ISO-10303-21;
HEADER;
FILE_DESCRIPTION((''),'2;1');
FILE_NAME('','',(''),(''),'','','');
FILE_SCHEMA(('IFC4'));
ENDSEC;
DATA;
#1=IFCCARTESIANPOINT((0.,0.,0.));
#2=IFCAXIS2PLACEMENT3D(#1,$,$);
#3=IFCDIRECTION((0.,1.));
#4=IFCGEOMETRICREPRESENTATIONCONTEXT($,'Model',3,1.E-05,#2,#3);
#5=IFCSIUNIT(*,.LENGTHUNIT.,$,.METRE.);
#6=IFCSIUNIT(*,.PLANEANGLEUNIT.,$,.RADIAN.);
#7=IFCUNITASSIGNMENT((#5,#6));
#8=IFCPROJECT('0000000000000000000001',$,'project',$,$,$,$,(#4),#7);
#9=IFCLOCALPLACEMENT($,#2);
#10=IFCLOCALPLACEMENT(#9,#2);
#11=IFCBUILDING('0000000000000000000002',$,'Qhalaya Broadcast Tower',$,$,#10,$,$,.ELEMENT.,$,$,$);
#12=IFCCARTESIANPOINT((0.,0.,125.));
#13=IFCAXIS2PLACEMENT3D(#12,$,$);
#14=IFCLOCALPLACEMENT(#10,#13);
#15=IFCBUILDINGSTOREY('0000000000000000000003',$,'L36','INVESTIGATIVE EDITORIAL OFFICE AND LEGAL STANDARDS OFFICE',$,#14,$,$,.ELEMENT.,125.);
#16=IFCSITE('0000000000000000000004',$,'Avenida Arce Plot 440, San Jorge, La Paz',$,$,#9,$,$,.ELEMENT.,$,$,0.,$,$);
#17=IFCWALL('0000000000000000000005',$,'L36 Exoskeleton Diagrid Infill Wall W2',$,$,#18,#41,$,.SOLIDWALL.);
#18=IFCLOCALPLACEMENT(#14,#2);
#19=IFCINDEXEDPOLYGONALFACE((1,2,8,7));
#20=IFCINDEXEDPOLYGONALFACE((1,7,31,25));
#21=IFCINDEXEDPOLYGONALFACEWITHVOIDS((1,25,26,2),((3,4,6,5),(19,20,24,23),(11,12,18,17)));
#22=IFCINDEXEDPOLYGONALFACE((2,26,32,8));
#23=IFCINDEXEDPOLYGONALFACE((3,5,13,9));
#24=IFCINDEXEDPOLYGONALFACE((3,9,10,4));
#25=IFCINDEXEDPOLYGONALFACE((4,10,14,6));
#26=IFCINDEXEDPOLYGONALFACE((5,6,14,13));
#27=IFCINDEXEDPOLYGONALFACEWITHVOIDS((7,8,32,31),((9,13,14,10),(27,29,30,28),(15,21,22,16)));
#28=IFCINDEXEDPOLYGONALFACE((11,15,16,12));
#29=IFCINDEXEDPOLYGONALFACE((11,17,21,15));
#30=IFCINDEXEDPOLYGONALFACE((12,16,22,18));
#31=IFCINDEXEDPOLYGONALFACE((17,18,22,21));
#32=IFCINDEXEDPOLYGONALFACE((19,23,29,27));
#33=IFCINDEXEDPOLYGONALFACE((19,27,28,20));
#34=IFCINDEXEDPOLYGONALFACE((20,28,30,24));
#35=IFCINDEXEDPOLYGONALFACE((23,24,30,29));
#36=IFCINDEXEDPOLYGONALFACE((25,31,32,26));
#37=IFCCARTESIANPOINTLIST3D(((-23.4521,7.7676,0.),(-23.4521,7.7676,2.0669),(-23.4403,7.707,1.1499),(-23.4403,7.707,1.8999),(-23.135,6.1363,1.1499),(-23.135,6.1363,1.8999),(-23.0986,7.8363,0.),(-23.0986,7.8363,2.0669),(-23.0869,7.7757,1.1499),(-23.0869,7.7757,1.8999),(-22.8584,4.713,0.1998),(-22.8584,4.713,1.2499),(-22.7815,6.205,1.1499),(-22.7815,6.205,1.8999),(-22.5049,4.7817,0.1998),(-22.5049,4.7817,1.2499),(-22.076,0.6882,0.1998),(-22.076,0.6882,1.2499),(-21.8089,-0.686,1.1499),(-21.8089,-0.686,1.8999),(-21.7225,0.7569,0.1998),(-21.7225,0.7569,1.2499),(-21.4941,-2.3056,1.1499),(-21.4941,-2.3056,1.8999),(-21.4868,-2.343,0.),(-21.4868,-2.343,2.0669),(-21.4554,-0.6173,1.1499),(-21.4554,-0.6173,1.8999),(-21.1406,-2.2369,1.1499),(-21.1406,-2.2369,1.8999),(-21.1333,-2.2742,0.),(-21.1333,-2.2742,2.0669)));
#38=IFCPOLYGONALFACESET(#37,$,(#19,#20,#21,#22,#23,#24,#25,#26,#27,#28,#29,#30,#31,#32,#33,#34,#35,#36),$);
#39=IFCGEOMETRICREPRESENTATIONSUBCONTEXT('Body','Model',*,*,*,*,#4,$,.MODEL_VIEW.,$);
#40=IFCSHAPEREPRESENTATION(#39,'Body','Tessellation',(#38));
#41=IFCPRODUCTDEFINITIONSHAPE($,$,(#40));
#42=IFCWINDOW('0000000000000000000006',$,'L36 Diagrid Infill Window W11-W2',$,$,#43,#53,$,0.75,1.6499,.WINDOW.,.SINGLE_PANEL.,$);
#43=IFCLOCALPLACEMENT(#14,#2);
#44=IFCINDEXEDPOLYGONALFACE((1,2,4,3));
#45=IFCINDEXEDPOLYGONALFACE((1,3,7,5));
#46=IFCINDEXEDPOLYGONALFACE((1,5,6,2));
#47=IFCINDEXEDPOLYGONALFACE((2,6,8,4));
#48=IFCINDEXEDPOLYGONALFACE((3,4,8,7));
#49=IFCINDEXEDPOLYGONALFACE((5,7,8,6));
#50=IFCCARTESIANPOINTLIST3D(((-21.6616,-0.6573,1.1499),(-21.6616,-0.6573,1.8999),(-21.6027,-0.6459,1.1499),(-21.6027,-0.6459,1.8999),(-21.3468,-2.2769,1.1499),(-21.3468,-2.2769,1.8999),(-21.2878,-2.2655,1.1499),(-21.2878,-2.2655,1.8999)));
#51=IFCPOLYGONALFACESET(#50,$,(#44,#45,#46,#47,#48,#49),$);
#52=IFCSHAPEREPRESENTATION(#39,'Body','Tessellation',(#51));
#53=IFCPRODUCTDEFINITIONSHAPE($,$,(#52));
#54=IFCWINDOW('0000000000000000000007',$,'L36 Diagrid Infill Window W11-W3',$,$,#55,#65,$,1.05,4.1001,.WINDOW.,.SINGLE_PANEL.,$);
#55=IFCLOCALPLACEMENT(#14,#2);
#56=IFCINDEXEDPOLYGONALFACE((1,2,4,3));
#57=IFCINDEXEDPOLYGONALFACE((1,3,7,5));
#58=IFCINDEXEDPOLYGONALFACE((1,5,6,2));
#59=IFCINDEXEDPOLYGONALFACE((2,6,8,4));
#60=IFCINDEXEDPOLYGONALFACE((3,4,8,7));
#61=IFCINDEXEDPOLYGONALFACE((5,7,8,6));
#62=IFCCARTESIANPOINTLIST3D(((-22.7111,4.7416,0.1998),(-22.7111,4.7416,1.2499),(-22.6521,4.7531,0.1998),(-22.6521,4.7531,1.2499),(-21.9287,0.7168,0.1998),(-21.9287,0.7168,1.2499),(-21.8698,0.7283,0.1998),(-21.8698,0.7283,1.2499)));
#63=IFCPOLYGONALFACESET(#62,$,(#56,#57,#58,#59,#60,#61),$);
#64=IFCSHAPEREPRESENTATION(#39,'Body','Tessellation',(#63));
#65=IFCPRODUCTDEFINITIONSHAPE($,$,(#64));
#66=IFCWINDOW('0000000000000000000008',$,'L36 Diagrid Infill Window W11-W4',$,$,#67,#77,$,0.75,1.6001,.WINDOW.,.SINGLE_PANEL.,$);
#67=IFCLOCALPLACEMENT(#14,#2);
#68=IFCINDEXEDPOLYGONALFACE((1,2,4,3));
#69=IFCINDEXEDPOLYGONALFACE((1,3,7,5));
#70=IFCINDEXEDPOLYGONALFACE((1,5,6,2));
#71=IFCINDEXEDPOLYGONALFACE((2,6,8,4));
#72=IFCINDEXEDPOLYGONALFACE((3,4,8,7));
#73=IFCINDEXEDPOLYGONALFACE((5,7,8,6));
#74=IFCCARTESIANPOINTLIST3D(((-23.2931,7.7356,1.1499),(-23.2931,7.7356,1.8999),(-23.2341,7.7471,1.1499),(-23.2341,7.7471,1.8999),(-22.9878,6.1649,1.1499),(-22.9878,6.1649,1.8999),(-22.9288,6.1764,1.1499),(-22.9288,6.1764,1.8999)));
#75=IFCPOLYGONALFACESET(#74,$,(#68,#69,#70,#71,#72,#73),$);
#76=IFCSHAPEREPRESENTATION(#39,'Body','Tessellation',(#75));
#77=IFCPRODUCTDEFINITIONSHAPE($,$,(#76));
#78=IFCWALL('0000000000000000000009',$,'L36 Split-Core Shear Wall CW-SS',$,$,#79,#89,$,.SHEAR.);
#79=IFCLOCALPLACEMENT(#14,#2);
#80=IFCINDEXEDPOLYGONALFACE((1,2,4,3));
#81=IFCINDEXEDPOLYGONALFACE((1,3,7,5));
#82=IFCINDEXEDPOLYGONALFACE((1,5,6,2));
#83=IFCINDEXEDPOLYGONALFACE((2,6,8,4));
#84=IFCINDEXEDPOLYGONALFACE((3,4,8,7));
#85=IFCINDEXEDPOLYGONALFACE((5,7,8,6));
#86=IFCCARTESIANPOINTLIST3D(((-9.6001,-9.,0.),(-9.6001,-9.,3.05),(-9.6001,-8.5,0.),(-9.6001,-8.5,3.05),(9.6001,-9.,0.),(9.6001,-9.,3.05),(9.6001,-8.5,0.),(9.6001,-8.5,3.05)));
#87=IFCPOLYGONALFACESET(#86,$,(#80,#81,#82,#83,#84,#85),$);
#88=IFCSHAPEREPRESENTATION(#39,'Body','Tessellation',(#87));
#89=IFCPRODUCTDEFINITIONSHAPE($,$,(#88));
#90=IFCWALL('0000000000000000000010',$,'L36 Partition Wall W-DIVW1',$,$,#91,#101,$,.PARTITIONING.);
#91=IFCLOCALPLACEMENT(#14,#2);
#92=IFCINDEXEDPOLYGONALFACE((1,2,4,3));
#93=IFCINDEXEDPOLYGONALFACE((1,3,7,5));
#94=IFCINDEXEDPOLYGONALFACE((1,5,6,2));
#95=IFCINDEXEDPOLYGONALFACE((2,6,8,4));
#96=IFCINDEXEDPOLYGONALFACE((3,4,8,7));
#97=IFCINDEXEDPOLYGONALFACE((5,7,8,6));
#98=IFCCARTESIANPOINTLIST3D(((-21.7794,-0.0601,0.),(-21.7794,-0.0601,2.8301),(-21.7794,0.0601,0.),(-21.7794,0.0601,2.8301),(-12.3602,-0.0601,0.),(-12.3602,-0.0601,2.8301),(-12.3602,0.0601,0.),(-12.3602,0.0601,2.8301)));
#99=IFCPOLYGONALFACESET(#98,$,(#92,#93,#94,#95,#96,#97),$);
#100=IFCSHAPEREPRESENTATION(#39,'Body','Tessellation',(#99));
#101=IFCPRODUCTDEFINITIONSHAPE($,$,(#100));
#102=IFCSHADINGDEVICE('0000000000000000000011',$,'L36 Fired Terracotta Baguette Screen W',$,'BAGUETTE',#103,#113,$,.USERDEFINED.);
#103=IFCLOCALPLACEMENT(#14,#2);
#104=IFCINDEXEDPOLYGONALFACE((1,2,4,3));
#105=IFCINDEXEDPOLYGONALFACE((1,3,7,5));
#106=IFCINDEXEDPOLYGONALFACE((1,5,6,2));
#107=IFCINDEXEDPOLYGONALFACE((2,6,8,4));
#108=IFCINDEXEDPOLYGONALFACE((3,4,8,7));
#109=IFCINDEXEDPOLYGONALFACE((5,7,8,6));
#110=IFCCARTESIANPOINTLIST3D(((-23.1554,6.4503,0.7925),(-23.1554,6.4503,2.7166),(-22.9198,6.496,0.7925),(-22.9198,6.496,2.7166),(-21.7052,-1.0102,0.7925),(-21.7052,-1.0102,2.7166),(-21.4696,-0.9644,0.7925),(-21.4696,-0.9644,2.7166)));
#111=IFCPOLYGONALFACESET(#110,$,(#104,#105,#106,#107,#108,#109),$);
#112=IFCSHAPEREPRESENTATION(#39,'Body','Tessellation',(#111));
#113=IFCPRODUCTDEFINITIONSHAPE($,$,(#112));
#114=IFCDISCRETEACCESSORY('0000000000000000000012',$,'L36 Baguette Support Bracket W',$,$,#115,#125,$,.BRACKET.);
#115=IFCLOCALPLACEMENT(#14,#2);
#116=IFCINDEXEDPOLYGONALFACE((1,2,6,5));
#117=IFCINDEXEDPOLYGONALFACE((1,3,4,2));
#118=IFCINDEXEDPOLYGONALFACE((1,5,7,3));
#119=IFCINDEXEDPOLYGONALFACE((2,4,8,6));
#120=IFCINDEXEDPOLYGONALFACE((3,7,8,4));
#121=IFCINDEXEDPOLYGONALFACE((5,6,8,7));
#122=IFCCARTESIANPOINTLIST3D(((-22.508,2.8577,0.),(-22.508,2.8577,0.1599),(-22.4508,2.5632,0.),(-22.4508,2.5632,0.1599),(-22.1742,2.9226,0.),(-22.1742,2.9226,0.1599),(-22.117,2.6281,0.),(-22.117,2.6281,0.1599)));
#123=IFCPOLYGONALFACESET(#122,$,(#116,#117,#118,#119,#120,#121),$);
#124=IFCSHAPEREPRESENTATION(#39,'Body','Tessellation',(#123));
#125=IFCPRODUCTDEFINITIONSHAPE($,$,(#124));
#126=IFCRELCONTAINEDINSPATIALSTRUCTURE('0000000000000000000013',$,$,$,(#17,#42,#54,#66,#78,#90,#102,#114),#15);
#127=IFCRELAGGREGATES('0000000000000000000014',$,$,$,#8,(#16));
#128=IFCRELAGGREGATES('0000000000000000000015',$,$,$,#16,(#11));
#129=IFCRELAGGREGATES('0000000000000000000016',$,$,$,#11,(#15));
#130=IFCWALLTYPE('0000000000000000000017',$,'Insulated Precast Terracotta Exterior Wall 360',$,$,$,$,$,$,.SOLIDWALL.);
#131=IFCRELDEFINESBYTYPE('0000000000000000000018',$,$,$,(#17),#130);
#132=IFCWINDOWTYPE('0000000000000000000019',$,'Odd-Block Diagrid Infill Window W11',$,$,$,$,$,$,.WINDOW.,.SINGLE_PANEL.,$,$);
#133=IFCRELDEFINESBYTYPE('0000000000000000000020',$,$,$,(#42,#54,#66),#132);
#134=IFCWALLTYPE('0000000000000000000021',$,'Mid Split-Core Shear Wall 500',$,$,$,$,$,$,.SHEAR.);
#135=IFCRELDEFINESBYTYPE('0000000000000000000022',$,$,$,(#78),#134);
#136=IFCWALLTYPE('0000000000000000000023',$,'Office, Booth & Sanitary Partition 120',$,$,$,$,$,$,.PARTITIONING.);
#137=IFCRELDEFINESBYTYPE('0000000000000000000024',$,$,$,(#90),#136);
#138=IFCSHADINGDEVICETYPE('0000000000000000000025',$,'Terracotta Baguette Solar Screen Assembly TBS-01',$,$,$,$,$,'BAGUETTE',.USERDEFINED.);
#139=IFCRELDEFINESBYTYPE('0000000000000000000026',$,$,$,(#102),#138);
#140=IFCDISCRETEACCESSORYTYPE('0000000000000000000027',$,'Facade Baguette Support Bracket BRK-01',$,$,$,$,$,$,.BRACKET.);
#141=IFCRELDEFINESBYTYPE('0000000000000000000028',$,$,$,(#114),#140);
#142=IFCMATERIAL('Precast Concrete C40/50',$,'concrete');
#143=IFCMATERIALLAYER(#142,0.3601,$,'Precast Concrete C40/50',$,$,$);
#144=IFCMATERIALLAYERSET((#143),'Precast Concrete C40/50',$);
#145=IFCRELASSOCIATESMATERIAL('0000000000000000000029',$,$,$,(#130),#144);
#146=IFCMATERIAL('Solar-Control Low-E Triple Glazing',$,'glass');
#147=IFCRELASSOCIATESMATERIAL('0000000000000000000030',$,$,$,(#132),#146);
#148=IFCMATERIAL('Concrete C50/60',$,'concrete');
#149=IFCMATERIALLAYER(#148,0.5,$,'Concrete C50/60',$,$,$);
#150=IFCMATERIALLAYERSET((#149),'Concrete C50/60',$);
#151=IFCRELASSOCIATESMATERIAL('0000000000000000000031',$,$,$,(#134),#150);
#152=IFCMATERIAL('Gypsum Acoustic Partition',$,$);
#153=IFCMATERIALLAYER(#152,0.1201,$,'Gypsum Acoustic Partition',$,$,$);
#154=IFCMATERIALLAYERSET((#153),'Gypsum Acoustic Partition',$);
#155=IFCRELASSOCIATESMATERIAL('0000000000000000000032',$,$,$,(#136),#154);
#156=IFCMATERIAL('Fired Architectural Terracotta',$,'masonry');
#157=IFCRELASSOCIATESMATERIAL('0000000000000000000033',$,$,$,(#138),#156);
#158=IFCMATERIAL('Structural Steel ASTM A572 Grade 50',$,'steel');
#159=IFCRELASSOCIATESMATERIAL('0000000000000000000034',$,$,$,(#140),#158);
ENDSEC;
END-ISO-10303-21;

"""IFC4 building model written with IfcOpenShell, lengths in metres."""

from ifc_helpers import new_model, si_unit, direction, frame, frame_2d, origin, origin_2d, place, context, subcontext, project, spatial, rectangle, extrude, material, layer, layer_set, type_object, element, fill, save


model = new_model("IFC4")

# Units and contexts
model_context = context("Model", 3, precision=1e-05, world=origin(), true_north=direction((0.0, 1.0)))
body_context = subcontext(model_context, "Body", "Model", "MODEL_VIEW")
ifc_project = project(units=[si_unit("LENGTHUNIT", "METRE"), si_unit("PLANEANGLEUNIT", "RADIAN")], contexts=[model_context])

# Site, building, storey
site_placement = place(None, origin())
site = spatial("IfcSite", under=ifc_project, at=site_placement, Name="Avenida Arce Plot 440, San Jorge, La Paz", CompositionType="ELEMENT", RefElevation=0.0)
building_placement = place(site_placement, origin())
building = spatial("IfcBuilding", under=site, at=building_placement, Name="Qhalaya Broadcast Tower", CompositionType="ELEMENT")
storey_placement = place(building_placement, frame((0.0, 0.0, 125.0)))
storey = spatial("IfcBuildingStorey", under=building, at=storey_placement, Name="L36", Description="INVESTIGATIVE EDITORIAL OFFICE AND LEGAL STANDARDS OFFICE", CompositionType="ELEMENT", Elevation=125.0)

# Shared definitions
ifc_material_1 = material(Name="Structural Steel ASTM A572 Grade 50", Category="steel")

# Shared definitions
ifc_material_2 = material(Name="Gypsum Acoustic Partition")

# Wall, openings, windows
ifc_material_3 = material(Name="Precast Concrete C40/50", Category="concrete")
ifc_layer_1 = layer(ifc_material_3, 0.3601, Name="Precast Concrete C40/50")
ifc_layer_set_1 = layer_set([ifc_layer_1], Name="Precast Concrete C40/50")
wall_type_1 = type_object("IfcWallType", Name="Insulated Precast Terracotta Exterior Wall 360", PredefinedType="SOLIDWALL", material=ifc_layer_set_1)
wall_1_placement = place(storey_placement, frame((-21.3101, -2.3086, 0.0), z_axis=(0.0, 0.0, 1.0), x_axis=(-0.190812, 0.981627, 0.0)))
wall_1 = element("IfcWall", 1, at=wall_1_placement, inside=storey, type_object=wall_type_1, Name="L36 Exoskeleton Diagrid Infill Wall W2", PredefinedType="SOLIDWALL", context=body_context, shape_type="SweptSolid", body=[
    extrude(rectangle(XDim=10.2998, YDim=0.3601, at=frame_2d((5.1499, 0.0))), origin(), (0.0, 0.0, 1.0), 2.0669),
])
opening_1_placement = place(wall_1_placement, frame((0.0381, 0.0, 1.1499)))
opening_1 = element("IfcOpeningElement", 2, at=opening_1_placement, cuts=wall_1, PredefinedType="OPENING", context=body_context, shape_type="SweptSolid", body=[
    extrude(rectangle(XDim=1.6499, YDim=0.75, at=frame_2d((0.825, 0.375))), frame((0.0, 0.1921, 0.0), z_axis=(0.0, -1.0, 0.0), x_axis=(1.0, 0.0, 0.0)), (0.0, 0.0, 1.0), 0.384),
])
opening_2_placement = place(wall_1_placement, frame((3.0879, 0.0, 0.2)))
opening_2 = element("IfcOpeningElement", 3, at=opening_2_placement, cuts=wall_1, PredefinedType="OPENING", context=body_context, shape_type="SweptSolid", body=[
    extrude(rectangle(XDim=4.1001, YDim=1.05, at=frame_2d((2.05, 0.5249))), frame((0.0, 0.1921, 0.0), z_axis=(0.0, -1.0, 0.0), x_axis=(1.0, 0.0, 0.0)), (0.0, 0.0, 1.0), 0.384),
])
opening_3_placement = place(wall_1_placement, frame((8.6379, 0.0, 1.1499)))
opening_3 = element("IfcOpeningElement", 4, at=opening_3_placement, cuts=wall_1, PredefinedType="OPENING", context=body_context, shape_type="SweptSolid", body=[
    extrude(rectangle(XDim=1.6001, YDim=0.75, at=frame_2d((0.8, 0.375))), frame((0.0, 0.1921, 0.0), z_axis=(0.0, -1.0, 0.0), x_axis=(1.0, 0.0, 0.0)), (0.0, 0.0, 1.0), 0.384),
])
ifc_material_4 = material(Name="Solar-Control Low-E Triple Glazing", Category="glass")
window_type = type_object("IfcWindowType", Name="Odd-Block Diagrid Infill Window W11", PartitioningType="SINGLE_PANEL", PredefinedType="WINDOW", material=ifc_material_4)
window_1_placement = place(opening_1_placement, origin())
window_1 = element("IfcWindow", 5, at=window_1_placement, inside=storey, type_object=window_type, Name="L36 Diagrid Infill Window W11-W2", OverallHeight=0.75, OverallWidth=1.6499, PartitioningType="SINGLE_PANEL", PredefinedType="WINDOW", context=body_context, shape_type="SweptSolid", body=[
    extrude(rectangle(XDim=1.6499, YDim=0.75, at=frame_2d((0.825, 0.375))), frame((0.0, 0.03, 0.0), z_axis=(0.0, -1.0, 0.0), x_axis=(1.0, 0.0, 0.0)), (0.0, 0.0, 1.0), 0.0601),
])
fill(opening_1, window_1)
window_2_placement = place(opening_2_placement, origin())
window_2 = element("IfcWindow", 6, at=window_2_placement, inside=storey, type_object=window_type, Name="L36 Diagrid Infill Window W11-W3", OverallHeight=1.05, OverallWidth=4.1001, PartitioningType="SINGLE_PANEL", PredefinedType="WINDOW", context=body_context, shape_type="SweptSolid", body=[
    extrude(rectangle(XDim=4.1001, YDim=1.05, at=frame_2d((2.05, 0.5249))), frame((0.0, 0.03, 0.0), z_axis=(0.0, -1.0, 0.0), x_axis=(1.0, 0.0, 0.0)), (0.0, 0.0, 1.0), 0.0601),
])
fill(opening_2, window_2)
window_3_placement = place(opening_3_placement, origin())
window_3 = element("IfcWindow", 7, at=window_3_placement, inside=storey, type_object=window_type, Name="L36 Diagrid Infill Window W11-W4", OverallHeight=0.75, OverallWidth=1.6001, PartitioningType="SINGLE_PANEL", PredefinedType="WINDOW", context=body_context, shape_type="SweptSolid", body=[
    extrude(rectangle(XDim=1.6001, YDim=0.75, at=frame_2d((0.8, 0.375))), frame((0.0, 0.03, 0.0), z_axis=(0.0, -1.0, 0.0), x_axis=(1.0, 0.0, 0.0)), (0.0, 0.0, 1.0), 0.0601),
])
fill(opening_3, window_3)

# Wall
ifc_material_5 = material(Name="Concrete C50/60", Category="concrete")
ifc_layer_2 = layer(ifc_material_5, 0.5, Name="Concrete C50/60")
ifc_layer_set_2 = layer_set([ifc_layer_2], Name="Concrete C50/60")
wall_type_2 = type_object("IfcWallType", Name="Mid Split-Core Shear Wall 500", PredefinedType="SHEAR", material=ifc_layer_set_2)
wall_2_placement = place(storey_placement, frame((-9.6001, -8.75, 0.0), z_axis=(0.0, 0.0, 1.0), x_axis=(1.0, 0.0, 0.0)))
element("IfcWall", 8, at=wall_2_placement, inside=storey, type_object=wall_type_2, Name="L36 Split-Core Shear Wall CW-SS", PredefinedType="SHEAR", context=body_context, shape_type="SweptSolid", body=[
    extrude(rectangle(XDim=19.2002, YDim=0.5, at=frame_2d((9.6001, 0.0))), origin(), (0.0, 0.0, 1.0), 3.05),
])

# Wall
ifc_layer_3 = layer(ifc_material_2, 0.1201, Name="Gypsum Acoustic Partition")
ifc_layer_set_3 = layer_set([ifc_layer_3], Name="Gypsum Acoustic Partition")
wall_type_3 = type_object("IfcWallType", Name="Office, Booth & Sanitary Partition 120", PredefinedType="PARTITIONING", material=ifc_layer_set_3)
wall_3_placement = place(storey_placement, frame((-21.7793, 0.0, 0.0), z_axis=(0.0, 0.0, 1.0), x_axis=(1.0, 0.0, 0.0)))
element("IfcWall", 9, at=wall_3_placement, inside=storey, type_object=wall_type_3, Name="L36 Partition Wall W-DIVW1", PredefinedType="PARTITIONING", context=body_context, shape_type="SweptSolid", body=[
    extrude(rectangle(XDim=9.4192, YDim=0.1201, at=frame_2d((4.7095, 0.0))), origin(), (0.0, 0.0, 1.0), 2.8301),
])

# Shading device
ifc_material_6 = material(Name="Fired Architectural Terracotta", Category="masonry")
shading_device_type = type_object("IfcShadingDeviceType", Name="Terracotta Baguette Solar Screen Assembly TBS-01", ElementType="BAGUETTE", PredefinedType="USERDEFINED", material=ifc_material_6)
shading_device_placement = place(storey_placement, frame((-22.3125, 2.7429, 0.7925), z_axis=(0.0, 0.0, 1.0), x_axis=(0.190809, -0.981627, 0.0)))
element("IfcShadingDevice", 10, at=shading_device_placement, inside=storey, type_object=shading_device_type, Name="L36 Fired Terracotta Baguette Screen W", ObjectType="BAGUETTE", PredefinedType="USERDEFINED", context=body_context, shape_type="SweptSolid", body=[
    extrude(rectangle(XDim=7.6001, YDim=0.24, at=origin_2d()), origin(), (0.0, 0.0, 1.0), 1.9241),
])

# Discrete accessory
discrete_accessory_type = type_object("IfcDiscreteAccessoryType", Name="Facade Baguette Support Bracket BRK-01", PredefinedType="BRACKET", material=ifc_material_1)
discrete_accessory_placement = place(storey_placement, frame((-22.3125, 2.7429, 0.0), z_axis=(0.0, 0.0, 1.0), x_axis=(0.190809, -0.981627, 0.0)))
element("IfcDiscreteAccessory", 11, at=discrete_accessory_placement, inside=storey, type_object=discrete_accessory_type, Name="L36 Baguette Support Bracket W", PredefinedType="BRACKET", context=body_context, shape_type="SweptSolid", body=[
    extrude(rectangle(XDim=0.3, YDim=0.3401, at=origin_2d()), origin(), (0.0, 0.0, 1.0), 0.1599),
])

save(model, "model.ifc")
